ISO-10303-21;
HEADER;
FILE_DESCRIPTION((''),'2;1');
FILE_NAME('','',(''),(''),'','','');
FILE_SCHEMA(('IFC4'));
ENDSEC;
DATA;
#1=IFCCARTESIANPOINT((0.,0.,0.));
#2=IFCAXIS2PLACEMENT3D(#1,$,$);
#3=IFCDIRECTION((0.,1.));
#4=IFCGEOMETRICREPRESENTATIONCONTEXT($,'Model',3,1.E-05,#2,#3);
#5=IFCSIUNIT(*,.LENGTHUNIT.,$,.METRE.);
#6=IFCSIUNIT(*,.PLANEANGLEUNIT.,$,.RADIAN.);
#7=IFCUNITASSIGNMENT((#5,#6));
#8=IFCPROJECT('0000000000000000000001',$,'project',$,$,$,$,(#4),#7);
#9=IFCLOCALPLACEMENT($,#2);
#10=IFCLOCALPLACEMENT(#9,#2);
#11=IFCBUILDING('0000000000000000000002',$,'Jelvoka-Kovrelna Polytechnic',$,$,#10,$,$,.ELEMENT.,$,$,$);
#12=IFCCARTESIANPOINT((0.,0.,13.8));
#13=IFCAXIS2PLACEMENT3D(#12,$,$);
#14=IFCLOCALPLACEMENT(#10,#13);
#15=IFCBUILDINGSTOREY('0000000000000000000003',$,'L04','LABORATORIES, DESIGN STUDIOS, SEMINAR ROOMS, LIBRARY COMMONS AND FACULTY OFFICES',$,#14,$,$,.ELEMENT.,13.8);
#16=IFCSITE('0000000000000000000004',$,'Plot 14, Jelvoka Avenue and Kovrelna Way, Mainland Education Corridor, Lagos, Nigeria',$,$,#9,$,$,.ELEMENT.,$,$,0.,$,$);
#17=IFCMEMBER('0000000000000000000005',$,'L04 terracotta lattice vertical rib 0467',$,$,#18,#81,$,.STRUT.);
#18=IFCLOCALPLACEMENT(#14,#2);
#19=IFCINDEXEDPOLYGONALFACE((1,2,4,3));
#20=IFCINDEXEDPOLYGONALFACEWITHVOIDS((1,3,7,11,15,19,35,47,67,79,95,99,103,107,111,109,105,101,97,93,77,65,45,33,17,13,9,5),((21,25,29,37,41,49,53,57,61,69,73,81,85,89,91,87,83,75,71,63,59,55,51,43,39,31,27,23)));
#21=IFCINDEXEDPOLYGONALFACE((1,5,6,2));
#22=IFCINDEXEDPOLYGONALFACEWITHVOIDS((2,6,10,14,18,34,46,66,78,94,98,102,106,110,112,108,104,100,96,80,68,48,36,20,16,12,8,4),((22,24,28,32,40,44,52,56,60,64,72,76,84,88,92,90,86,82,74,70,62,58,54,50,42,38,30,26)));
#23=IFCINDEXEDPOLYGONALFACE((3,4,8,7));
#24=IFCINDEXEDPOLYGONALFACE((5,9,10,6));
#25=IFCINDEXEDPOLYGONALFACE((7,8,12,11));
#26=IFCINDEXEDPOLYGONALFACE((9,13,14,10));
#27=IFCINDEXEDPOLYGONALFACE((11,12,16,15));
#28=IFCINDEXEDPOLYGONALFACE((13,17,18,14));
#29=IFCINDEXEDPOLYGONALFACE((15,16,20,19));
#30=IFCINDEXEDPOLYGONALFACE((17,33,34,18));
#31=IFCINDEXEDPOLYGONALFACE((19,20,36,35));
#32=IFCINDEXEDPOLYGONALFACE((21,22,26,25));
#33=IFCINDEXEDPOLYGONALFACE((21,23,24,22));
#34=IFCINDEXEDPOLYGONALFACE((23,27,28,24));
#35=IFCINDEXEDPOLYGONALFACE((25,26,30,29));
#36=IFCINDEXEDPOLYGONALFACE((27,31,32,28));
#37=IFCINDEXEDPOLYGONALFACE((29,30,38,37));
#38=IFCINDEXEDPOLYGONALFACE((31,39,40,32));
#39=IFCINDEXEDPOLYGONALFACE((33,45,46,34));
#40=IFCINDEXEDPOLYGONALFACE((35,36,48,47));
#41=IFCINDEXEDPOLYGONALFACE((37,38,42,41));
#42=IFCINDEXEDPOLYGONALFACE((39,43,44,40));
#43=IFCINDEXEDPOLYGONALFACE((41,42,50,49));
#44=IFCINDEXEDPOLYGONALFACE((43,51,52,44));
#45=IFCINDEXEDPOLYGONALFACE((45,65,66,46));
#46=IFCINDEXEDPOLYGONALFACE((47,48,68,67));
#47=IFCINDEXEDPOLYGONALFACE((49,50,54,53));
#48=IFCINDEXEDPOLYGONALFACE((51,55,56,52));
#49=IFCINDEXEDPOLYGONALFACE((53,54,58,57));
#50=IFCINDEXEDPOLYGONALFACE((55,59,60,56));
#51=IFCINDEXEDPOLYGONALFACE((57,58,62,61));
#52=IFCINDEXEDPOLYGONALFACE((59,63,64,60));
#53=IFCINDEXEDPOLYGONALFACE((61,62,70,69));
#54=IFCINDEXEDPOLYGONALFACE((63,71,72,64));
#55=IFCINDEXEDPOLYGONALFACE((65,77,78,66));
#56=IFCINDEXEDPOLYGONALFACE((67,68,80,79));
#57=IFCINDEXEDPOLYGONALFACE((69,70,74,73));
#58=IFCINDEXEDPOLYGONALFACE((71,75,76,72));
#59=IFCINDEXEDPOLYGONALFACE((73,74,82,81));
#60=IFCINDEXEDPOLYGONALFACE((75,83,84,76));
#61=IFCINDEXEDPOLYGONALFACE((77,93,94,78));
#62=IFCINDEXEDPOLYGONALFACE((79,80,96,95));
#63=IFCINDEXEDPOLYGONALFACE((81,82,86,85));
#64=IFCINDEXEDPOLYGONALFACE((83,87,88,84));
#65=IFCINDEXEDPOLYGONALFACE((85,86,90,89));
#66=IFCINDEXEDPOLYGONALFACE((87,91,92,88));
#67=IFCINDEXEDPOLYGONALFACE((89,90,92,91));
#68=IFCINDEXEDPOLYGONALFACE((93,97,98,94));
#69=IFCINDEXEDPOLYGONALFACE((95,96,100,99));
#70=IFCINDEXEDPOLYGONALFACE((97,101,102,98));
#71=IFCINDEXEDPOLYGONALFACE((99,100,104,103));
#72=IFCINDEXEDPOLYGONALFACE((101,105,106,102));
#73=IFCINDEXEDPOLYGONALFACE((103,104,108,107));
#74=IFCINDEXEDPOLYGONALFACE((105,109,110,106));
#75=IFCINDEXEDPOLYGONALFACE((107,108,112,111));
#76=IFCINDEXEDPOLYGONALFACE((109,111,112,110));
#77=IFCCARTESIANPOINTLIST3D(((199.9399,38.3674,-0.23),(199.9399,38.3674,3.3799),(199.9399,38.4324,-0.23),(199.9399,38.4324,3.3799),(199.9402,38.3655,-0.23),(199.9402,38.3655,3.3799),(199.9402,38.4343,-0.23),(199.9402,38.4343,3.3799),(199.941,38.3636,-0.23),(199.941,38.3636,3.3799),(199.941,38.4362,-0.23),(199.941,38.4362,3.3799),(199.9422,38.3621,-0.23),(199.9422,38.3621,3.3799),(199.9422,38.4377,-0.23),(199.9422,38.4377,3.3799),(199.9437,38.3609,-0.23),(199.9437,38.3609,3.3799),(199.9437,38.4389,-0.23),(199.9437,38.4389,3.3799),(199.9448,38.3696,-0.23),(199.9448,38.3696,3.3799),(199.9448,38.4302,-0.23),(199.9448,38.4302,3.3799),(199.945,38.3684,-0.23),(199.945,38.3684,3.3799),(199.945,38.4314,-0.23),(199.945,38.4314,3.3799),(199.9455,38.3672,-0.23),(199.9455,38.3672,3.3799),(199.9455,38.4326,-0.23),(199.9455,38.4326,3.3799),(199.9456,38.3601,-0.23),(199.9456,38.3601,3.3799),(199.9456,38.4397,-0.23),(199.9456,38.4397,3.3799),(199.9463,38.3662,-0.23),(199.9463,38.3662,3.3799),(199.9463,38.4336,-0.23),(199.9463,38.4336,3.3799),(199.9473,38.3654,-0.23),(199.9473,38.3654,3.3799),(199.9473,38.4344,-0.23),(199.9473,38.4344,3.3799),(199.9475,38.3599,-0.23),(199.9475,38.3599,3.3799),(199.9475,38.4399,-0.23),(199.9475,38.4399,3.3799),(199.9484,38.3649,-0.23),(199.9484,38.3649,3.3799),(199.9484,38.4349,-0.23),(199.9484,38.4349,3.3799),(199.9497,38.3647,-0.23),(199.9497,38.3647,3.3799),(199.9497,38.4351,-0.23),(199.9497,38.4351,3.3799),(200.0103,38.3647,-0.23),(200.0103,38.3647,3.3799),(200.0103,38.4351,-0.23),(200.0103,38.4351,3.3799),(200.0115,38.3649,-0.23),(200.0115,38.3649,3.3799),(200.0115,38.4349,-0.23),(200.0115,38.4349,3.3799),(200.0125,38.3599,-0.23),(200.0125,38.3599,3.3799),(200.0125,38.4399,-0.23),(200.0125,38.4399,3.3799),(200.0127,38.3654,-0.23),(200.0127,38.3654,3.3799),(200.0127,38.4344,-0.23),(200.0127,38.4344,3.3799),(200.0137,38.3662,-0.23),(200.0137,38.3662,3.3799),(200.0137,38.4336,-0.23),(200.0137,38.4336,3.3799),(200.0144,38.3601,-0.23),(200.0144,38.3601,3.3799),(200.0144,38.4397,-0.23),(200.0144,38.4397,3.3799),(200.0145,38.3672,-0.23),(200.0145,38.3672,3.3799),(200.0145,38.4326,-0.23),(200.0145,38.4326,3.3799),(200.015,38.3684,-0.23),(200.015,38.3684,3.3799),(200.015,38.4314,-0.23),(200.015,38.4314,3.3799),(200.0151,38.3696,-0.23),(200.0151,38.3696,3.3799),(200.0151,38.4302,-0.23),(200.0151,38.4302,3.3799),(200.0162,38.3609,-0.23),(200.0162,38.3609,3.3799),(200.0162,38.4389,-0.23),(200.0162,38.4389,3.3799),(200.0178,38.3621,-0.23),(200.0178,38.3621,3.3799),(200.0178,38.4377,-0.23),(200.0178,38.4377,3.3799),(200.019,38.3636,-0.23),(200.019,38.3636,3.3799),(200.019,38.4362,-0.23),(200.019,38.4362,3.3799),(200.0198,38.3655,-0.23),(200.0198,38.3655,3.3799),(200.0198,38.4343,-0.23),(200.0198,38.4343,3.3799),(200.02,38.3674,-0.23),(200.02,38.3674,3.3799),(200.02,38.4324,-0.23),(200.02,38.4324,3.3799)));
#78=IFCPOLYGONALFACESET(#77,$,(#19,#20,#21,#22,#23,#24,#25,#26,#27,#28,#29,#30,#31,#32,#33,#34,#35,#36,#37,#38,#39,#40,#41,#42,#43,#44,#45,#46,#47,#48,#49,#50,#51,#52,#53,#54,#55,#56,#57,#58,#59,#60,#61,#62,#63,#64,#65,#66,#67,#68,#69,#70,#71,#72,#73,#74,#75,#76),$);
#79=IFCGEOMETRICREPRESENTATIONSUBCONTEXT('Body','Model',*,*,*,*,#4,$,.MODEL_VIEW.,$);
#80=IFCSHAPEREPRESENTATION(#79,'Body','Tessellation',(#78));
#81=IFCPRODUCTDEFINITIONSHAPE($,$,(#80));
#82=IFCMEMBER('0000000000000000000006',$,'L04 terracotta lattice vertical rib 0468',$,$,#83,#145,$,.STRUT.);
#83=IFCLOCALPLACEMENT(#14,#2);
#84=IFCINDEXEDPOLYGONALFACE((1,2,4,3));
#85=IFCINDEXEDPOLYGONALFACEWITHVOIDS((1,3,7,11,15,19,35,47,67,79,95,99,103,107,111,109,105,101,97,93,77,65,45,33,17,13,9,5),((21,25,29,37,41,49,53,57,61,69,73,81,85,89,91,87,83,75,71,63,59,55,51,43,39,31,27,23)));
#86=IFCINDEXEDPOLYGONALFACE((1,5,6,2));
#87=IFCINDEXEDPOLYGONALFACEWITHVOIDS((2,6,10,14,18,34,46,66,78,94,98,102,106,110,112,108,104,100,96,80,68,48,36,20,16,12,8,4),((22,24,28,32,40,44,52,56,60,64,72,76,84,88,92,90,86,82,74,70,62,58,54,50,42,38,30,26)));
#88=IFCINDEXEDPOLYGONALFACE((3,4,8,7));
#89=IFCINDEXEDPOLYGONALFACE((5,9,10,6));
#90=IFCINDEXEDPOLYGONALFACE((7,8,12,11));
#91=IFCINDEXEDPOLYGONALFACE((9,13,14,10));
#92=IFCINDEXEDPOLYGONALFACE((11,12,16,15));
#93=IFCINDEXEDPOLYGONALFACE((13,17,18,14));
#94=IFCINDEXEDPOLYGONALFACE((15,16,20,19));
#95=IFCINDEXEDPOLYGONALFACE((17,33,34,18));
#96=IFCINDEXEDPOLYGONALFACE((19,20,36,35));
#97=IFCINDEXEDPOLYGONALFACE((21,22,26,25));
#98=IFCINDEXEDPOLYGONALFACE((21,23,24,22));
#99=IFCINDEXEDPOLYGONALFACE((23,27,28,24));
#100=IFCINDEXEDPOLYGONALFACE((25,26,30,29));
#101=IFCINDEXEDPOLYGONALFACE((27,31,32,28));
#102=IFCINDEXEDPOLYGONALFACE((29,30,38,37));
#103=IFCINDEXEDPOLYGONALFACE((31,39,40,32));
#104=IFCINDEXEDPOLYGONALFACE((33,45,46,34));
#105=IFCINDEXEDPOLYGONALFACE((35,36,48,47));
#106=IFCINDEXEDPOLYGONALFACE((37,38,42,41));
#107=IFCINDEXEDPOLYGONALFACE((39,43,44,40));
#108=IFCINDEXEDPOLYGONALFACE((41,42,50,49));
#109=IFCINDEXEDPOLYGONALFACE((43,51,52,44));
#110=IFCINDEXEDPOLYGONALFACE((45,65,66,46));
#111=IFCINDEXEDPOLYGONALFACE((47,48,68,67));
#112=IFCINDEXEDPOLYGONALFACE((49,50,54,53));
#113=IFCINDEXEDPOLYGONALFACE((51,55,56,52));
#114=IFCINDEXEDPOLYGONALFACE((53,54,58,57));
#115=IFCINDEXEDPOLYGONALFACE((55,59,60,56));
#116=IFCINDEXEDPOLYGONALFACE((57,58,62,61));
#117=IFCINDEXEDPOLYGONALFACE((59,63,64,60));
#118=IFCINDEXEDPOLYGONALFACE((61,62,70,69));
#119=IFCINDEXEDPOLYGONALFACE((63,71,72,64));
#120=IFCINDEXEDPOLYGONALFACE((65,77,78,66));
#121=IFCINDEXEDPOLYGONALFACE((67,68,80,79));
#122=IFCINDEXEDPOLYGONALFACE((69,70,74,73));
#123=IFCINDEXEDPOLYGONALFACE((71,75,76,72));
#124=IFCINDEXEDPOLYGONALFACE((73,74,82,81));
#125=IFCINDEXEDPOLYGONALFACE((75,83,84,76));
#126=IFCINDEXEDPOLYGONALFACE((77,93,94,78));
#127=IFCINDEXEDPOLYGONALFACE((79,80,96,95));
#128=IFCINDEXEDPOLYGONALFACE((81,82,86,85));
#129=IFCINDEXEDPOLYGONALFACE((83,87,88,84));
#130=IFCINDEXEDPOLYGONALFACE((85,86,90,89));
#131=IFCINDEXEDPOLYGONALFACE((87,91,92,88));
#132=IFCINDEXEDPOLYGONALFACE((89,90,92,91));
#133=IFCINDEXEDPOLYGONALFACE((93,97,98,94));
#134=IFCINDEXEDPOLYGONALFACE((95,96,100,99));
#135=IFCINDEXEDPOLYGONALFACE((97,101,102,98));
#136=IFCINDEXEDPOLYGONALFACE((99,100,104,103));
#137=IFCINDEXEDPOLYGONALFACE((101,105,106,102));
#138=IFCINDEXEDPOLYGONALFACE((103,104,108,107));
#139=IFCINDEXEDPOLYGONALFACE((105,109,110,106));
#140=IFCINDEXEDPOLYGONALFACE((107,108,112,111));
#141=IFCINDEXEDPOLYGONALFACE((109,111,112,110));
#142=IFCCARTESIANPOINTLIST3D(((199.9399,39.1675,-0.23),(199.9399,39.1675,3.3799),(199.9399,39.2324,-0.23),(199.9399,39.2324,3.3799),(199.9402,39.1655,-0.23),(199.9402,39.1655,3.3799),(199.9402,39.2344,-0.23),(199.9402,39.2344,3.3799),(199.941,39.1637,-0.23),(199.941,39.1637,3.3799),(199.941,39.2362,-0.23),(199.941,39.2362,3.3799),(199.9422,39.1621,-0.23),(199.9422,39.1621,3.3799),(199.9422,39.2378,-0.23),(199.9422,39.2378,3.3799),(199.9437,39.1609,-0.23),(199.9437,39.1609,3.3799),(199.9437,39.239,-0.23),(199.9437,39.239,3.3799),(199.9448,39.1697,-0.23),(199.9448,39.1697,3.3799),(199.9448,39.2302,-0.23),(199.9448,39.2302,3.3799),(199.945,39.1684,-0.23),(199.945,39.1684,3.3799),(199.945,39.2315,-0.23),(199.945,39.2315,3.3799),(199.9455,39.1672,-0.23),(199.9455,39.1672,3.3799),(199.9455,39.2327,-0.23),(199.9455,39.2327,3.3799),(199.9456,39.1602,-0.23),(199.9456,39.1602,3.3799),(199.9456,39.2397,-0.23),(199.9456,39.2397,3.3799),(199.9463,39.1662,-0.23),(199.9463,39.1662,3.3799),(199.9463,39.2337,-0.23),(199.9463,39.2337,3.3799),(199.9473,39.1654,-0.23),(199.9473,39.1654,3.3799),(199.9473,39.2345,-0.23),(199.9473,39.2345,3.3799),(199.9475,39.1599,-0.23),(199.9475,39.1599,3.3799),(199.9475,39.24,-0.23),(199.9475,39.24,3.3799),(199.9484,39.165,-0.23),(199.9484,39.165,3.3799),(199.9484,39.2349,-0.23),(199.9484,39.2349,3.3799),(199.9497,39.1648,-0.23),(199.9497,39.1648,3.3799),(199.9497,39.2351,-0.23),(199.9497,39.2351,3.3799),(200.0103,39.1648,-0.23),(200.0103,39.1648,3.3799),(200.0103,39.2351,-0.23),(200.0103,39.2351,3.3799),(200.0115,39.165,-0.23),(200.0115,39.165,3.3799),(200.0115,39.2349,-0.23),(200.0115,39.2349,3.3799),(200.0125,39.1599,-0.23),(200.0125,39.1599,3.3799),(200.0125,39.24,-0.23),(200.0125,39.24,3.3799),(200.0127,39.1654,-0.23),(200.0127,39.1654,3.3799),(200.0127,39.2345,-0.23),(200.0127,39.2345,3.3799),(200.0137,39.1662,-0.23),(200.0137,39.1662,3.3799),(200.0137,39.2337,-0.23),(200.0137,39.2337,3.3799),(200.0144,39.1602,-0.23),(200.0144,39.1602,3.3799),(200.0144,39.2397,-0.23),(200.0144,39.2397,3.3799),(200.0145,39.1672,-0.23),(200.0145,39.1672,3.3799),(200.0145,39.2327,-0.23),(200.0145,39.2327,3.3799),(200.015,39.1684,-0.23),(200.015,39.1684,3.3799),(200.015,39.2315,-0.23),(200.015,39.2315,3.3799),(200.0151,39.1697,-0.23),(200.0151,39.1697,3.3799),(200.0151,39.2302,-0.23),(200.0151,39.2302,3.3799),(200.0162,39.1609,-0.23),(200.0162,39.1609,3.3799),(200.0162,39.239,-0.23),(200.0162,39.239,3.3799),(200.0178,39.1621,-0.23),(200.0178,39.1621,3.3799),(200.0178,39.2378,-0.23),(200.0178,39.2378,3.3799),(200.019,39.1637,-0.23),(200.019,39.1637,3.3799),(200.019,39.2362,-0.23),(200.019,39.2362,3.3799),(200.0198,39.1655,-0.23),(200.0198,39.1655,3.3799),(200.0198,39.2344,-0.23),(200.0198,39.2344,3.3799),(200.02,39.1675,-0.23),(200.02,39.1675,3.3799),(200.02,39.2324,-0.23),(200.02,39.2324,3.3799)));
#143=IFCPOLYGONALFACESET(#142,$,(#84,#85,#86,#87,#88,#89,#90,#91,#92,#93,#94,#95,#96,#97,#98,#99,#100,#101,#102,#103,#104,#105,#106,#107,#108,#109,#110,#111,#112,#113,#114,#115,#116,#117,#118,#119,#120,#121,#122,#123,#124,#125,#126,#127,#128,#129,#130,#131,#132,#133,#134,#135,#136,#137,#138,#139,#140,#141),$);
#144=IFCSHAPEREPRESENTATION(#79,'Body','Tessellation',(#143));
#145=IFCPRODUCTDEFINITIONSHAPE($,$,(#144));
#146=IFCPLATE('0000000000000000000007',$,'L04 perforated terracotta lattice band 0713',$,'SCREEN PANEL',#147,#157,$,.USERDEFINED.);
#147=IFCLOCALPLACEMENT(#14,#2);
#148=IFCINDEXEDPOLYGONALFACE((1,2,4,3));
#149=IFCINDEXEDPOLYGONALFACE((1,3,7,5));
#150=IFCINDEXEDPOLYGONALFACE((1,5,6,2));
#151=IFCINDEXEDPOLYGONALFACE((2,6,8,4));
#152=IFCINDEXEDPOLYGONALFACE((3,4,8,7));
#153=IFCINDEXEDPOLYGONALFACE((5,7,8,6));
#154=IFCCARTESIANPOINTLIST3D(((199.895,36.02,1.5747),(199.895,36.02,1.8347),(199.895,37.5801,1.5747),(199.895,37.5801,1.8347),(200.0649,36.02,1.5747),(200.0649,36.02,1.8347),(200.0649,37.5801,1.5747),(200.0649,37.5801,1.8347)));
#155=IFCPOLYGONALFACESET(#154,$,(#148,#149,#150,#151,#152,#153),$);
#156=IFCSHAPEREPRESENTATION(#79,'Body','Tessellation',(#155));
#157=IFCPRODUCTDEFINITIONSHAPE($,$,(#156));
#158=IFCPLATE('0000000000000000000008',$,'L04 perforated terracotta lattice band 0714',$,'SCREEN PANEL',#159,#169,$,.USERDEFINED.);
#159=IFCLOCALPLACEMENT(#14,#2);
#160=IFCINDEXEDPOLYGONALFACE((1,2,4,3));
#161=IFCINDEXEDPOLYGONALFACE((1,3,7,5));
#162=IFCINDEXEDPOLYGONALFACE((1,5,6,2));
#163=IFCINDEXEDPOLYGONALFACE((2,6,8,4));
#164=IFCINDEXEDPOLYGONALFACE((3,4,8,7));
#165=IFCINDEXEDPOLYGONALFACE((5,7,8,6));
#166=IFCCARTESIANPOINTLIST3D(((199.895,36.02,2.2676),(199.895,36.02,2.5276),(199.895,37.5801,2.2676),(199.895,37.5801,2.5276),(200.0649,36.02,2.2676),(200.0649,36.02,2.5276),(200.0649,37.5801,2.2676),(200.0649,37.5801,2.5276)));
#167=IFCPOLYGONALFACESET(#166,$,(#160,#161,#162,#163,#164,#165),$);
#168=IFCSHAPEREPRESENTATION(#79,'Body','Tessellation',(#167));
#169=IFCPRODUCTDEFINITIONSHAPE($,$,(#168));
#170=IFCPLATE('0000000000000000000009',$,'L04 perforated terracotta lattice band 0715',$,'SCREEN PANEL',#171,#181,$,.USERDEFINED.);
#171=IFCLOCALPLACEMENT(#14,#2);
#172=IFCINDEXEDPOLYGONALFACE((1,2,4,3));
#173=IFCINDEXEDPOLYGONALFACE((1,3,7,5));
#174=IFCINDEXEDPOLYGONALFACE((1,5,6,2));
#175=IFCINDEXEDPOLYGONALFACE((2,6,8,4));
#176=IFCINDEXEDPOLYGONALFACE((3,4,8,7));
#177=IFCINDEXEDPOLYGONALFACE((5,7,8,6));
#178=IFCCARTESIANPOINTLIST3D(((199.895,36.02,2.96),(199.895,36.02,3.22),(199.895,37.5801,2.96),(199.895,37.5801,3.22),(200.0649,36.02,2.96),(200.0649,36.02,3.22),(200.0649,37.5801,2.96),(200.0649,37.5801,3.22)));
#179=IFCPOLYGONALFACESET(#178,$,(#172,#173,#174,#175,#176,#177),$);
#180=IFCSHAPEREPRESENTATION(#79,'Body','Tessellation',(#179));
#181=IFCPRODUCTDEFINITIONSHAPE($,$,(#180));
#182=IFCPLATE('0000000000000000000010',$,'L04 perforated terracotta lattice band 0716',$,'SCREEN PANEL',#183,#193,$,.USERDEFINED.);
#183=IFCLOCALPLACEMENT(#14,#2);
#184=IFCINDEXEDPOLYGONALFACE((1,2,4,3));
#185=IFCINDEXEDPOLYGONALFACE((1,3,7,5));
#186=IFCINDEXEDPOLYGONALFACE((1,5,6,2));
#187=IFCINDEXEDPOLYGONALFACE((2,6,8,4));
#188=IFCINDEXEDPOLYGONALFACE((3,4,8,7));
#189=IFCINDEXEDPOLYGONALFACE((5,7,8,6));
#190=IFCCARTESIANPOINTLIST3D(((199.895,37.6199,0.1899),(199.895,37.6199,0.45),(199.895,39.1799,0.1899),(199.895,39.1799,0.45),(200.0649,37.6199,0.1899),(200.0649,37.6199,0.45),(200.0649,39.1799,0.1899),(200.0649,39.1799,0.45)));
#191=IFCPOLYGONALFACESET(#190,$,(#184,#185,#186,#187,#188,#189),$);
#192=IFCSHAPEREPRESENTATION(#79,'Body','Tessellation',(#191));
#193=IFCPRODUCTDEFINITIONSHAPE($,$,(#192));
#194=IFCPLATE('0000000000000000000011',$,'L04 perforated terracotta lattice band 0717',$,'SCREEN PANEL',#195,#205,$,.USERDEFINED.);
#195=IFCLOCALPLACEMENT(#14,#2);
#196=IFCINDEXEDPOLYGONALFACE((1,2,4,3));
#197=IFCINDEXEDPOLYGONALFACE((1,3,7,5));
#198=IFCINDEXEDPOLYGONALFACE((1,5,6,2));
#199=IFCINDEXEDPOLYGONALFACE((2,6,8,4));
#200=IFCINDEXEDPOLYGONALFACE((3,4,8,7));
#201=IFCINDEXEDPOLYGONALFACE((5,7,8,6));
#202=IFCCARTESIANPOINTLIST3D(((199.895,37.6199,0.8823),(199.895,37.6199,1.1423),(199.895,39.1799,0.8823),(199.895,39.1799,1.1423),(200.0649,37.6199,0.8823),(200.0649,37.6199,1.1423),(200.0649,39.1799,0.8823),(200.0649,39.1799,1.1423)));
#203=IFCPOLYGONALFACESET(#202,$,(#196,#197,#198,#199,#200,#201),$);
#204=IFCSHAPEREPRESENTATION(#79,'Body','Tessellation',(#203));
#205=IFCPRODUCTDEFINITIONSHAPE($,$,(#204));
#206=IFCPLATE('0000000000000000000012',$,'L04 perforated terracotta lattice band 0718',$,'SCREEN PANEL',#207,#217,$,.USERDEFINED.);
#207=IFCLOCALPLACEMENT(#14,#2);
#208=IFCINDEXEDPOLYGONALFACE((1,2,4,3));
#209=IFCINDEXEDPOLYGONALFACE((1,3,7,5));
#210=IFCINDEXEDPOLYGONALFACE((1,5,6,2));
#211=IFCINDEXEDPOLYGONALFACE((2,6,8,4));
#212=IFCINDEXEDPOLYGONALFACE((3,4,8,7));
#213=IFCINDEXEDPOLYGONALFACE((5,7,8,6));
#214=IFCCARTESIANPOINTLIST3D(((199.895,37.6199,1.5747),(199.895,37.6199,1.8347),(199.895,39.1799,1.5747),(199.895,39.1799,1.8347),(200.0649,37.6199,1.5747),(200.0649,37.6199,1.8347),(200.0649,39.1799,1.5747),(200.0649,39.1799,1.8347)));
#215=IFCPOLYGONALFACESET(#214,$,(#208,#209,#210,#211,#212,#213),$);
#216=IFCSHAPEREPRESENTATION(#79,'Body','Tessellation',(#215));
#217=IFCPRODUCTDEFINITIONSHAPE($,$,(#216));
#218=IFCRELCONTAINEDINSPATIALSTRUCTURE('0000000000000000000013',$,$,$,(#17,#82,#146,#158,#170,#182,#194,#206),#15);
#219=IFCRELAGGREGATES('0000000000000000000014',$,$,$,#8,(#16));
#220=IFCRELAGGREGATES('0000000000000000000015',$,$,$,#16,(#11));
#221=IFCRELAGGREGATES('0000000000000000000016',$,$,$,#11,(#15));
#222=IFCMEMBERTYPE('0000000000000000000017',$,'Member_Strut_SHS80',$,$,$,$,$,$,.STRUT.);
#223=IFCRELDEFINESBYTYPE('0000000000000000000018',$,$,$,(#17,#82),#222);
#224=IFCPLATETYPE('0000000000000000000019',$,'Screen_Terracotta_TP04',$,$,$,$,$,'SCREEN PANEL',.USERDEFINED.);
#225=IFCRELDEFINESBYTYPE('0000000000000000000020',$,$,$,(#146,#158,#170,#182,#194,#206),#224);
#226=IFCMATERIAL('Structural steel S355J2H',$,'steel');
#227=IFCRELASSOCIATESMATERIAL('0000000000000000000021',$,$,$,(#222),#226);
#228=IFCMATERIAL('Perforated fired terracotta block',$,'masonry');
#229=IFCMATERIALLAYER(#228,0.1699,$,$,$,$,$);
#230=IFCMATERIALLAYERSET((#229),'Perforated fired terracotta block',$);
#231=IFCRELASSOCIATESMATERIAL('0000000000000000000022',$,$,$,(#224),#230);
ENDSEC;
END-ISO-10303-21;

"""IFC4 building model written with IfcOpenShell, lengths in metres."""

from ifc_helpers import new_model, si_unit, direction, frame, origin, origin_2d, place, context, subcontext, project, spatial, rectangle, hollow_rectangle, extrude, material, layer, layer_set, material_profile, profile_set, type_object, element, save


model = new_model("IFC4")

# Units and contexts
model_context = context("Model", 3, precision=1e-05, world=origin(), true_north=direction((0.0, 1.0)))
body_context = subcontext(model_context, "Body", "Model", "MODEL_VIEW")
ifc_project = project(units=[si_unit("LENGTHUNIT", "METRE"), si_unit("PLANEANGLEUNIT", "RADIAN")], contexts=[model_context])

# Site, building, storey
site_placement = place(None, origin())
site = spatial("IfcSite", under=ifc_project, at=site_placement, Name="Plot 14, Jelvoka Avenue and Kovrelna Way, Mainland Education Corridor, Lagos, Nigeria", CompositionType="ELEMENT", RefElevation=0.0)
building_placement = place(site_placement, origin())
building = spatial("IfcBuilding", under=site, at=building_placement, Name="Jelvoka-Kovrelna Polytechnic", CompositionType="ELEMENT")
storey_placement = place(building_placement, frame((0.0, 0.0, 13.8)))
storey = spatial("IfcBuildingStorey", under=building, at=storey_placement, Name="L04", Description="LABORATORIES, DESIGN STUDIOS, SEMINAR ROOMS, LIBRARY COMMONS AND FACULTY OFFICES", CompositionType="ELEMENT", Elevation=13.8)

# Members
ifc_material_1 = material(Name="Structural steel S355J2H", Category="steel")
ifc_material_profile_1 = material_profile(ifc_material_1, hollow_rectangle(XDim=0.0801, YDim=0.0801, WallThickness=0.0049, InnerFilletRadius=0.0049, OuterFilletRadius=0.0076, at=origin_2d()), Name="80x80x5.0 SHS")
ifc_profile_set_1 = profile_set([ifc_material_profile_1], Name="Structural steel S355J2H")
member_type_1 = type_object("IfcMemberType", Name="Member_Strut_SHS80", PredefinedType="STRUT", material=ifc_profile_set_1)
for number, where, z_axis, x_axis, name in (
    (1, (199.98, 38.3999, -0.23), (0.0, 0.0, 1.0), (1.0, 0.0, 0.0), "L04 terracotta lattice vertical rib 0467"),
    (2, (199.98, 39.2, -0.23), (0.0, 0.0, 1.0), (1.0, 0.0, 0.0), "L04 terracotta lattice vertical rib 0468"),
):
    element("IfcMember", number, at=place(storey_placement, frame(where, z_axis=z_axis, x_axis=x_axis)), inside=storey, type_object=member_type_1, Name=name, PredefinedType="STRUT", context=body_context, shape_type="SweptSolid", body=[
        extrude(hollow_rectangle(XDim=0.0801, YDim=0.0801, WallThickness=0.0049, InnerFilletRadius=0.0049, OuterFilletRadius=0.0076, at=origin_2d()), origin(), (0.0, 0.0, 1.0), 3.6099),
    ])

# Plates
ifc_material_2 = material(Name="Perforated fired terracotta block", Category="masonry")
ifc_layer_1 = layer(ifc_material_2, 0.1699)
ifc_layer_set_1 = layer_set([ifc_layer_1], Name="Perforated fired terracotta block")
plate_type = type_object("IfcPlateType", Name="Screen_Terracotta_TP04", ElementType="SCREEN PANEL", PredefinedType="USERDEFINED", material=ifc_layer_set_1)
for number, where, z_axis, x_axis, name in (
    (3, (199.98, 36.8, 1.5747), (0.0, 0.0, 1.0), (0.0, 1.0, 0.0), "L04 perforated terracotta lattice band 0713"),
    (4, (199.98, 36.8, 2.2676), (0.0, 0.0, 1.0), (0.0, 1.0, 0.0), "L04 perforated terracotta lattice band 0714"),
    (5, (199.98, 36.8, 2.96), (0.0, 0.0, 1.0), (0.0, 1.0, 0.0), "L04 perforated terracotta lattice band 0715"),
    (6, (199.98, 38.3999, 0.1899), (0.0, 0.0, 1.0), (0.0, 1.0, 0.0), "L04 perforated terracotta lattice band 0716"),
    (7, (199.98, 38.3999, 0.8823), (0.0, 0.0, 1.0), (0.0, 1.0, 0.0), "L04 perforated terracotta lattice band 0717"),
    (8, (199.98, 38.3999, 1.5747), (0.0, 0.0, 1.0), (0.0, 1.0, 0.0), "L04 perforated terracotta lattice band 0718"),
):
    element("IfcPlate", number, at=place(storey_placement, frame(where, z_axis=z_axis, x_axis=x_axis)), inside=storey, type_object=plate_type, Name=name, ObjectType="SCREEN PANEL", PredefinedType="USERDEFINED", context=body_context, shape_type="SweptSolid", body=[
        extrude(rectangle(XDim=1.5601, YDim=0.1699, at=origin_2d()), origin(), (0.0, 0.0, 1.0), 0.26),
    ])

save(model, "model.ifc")
